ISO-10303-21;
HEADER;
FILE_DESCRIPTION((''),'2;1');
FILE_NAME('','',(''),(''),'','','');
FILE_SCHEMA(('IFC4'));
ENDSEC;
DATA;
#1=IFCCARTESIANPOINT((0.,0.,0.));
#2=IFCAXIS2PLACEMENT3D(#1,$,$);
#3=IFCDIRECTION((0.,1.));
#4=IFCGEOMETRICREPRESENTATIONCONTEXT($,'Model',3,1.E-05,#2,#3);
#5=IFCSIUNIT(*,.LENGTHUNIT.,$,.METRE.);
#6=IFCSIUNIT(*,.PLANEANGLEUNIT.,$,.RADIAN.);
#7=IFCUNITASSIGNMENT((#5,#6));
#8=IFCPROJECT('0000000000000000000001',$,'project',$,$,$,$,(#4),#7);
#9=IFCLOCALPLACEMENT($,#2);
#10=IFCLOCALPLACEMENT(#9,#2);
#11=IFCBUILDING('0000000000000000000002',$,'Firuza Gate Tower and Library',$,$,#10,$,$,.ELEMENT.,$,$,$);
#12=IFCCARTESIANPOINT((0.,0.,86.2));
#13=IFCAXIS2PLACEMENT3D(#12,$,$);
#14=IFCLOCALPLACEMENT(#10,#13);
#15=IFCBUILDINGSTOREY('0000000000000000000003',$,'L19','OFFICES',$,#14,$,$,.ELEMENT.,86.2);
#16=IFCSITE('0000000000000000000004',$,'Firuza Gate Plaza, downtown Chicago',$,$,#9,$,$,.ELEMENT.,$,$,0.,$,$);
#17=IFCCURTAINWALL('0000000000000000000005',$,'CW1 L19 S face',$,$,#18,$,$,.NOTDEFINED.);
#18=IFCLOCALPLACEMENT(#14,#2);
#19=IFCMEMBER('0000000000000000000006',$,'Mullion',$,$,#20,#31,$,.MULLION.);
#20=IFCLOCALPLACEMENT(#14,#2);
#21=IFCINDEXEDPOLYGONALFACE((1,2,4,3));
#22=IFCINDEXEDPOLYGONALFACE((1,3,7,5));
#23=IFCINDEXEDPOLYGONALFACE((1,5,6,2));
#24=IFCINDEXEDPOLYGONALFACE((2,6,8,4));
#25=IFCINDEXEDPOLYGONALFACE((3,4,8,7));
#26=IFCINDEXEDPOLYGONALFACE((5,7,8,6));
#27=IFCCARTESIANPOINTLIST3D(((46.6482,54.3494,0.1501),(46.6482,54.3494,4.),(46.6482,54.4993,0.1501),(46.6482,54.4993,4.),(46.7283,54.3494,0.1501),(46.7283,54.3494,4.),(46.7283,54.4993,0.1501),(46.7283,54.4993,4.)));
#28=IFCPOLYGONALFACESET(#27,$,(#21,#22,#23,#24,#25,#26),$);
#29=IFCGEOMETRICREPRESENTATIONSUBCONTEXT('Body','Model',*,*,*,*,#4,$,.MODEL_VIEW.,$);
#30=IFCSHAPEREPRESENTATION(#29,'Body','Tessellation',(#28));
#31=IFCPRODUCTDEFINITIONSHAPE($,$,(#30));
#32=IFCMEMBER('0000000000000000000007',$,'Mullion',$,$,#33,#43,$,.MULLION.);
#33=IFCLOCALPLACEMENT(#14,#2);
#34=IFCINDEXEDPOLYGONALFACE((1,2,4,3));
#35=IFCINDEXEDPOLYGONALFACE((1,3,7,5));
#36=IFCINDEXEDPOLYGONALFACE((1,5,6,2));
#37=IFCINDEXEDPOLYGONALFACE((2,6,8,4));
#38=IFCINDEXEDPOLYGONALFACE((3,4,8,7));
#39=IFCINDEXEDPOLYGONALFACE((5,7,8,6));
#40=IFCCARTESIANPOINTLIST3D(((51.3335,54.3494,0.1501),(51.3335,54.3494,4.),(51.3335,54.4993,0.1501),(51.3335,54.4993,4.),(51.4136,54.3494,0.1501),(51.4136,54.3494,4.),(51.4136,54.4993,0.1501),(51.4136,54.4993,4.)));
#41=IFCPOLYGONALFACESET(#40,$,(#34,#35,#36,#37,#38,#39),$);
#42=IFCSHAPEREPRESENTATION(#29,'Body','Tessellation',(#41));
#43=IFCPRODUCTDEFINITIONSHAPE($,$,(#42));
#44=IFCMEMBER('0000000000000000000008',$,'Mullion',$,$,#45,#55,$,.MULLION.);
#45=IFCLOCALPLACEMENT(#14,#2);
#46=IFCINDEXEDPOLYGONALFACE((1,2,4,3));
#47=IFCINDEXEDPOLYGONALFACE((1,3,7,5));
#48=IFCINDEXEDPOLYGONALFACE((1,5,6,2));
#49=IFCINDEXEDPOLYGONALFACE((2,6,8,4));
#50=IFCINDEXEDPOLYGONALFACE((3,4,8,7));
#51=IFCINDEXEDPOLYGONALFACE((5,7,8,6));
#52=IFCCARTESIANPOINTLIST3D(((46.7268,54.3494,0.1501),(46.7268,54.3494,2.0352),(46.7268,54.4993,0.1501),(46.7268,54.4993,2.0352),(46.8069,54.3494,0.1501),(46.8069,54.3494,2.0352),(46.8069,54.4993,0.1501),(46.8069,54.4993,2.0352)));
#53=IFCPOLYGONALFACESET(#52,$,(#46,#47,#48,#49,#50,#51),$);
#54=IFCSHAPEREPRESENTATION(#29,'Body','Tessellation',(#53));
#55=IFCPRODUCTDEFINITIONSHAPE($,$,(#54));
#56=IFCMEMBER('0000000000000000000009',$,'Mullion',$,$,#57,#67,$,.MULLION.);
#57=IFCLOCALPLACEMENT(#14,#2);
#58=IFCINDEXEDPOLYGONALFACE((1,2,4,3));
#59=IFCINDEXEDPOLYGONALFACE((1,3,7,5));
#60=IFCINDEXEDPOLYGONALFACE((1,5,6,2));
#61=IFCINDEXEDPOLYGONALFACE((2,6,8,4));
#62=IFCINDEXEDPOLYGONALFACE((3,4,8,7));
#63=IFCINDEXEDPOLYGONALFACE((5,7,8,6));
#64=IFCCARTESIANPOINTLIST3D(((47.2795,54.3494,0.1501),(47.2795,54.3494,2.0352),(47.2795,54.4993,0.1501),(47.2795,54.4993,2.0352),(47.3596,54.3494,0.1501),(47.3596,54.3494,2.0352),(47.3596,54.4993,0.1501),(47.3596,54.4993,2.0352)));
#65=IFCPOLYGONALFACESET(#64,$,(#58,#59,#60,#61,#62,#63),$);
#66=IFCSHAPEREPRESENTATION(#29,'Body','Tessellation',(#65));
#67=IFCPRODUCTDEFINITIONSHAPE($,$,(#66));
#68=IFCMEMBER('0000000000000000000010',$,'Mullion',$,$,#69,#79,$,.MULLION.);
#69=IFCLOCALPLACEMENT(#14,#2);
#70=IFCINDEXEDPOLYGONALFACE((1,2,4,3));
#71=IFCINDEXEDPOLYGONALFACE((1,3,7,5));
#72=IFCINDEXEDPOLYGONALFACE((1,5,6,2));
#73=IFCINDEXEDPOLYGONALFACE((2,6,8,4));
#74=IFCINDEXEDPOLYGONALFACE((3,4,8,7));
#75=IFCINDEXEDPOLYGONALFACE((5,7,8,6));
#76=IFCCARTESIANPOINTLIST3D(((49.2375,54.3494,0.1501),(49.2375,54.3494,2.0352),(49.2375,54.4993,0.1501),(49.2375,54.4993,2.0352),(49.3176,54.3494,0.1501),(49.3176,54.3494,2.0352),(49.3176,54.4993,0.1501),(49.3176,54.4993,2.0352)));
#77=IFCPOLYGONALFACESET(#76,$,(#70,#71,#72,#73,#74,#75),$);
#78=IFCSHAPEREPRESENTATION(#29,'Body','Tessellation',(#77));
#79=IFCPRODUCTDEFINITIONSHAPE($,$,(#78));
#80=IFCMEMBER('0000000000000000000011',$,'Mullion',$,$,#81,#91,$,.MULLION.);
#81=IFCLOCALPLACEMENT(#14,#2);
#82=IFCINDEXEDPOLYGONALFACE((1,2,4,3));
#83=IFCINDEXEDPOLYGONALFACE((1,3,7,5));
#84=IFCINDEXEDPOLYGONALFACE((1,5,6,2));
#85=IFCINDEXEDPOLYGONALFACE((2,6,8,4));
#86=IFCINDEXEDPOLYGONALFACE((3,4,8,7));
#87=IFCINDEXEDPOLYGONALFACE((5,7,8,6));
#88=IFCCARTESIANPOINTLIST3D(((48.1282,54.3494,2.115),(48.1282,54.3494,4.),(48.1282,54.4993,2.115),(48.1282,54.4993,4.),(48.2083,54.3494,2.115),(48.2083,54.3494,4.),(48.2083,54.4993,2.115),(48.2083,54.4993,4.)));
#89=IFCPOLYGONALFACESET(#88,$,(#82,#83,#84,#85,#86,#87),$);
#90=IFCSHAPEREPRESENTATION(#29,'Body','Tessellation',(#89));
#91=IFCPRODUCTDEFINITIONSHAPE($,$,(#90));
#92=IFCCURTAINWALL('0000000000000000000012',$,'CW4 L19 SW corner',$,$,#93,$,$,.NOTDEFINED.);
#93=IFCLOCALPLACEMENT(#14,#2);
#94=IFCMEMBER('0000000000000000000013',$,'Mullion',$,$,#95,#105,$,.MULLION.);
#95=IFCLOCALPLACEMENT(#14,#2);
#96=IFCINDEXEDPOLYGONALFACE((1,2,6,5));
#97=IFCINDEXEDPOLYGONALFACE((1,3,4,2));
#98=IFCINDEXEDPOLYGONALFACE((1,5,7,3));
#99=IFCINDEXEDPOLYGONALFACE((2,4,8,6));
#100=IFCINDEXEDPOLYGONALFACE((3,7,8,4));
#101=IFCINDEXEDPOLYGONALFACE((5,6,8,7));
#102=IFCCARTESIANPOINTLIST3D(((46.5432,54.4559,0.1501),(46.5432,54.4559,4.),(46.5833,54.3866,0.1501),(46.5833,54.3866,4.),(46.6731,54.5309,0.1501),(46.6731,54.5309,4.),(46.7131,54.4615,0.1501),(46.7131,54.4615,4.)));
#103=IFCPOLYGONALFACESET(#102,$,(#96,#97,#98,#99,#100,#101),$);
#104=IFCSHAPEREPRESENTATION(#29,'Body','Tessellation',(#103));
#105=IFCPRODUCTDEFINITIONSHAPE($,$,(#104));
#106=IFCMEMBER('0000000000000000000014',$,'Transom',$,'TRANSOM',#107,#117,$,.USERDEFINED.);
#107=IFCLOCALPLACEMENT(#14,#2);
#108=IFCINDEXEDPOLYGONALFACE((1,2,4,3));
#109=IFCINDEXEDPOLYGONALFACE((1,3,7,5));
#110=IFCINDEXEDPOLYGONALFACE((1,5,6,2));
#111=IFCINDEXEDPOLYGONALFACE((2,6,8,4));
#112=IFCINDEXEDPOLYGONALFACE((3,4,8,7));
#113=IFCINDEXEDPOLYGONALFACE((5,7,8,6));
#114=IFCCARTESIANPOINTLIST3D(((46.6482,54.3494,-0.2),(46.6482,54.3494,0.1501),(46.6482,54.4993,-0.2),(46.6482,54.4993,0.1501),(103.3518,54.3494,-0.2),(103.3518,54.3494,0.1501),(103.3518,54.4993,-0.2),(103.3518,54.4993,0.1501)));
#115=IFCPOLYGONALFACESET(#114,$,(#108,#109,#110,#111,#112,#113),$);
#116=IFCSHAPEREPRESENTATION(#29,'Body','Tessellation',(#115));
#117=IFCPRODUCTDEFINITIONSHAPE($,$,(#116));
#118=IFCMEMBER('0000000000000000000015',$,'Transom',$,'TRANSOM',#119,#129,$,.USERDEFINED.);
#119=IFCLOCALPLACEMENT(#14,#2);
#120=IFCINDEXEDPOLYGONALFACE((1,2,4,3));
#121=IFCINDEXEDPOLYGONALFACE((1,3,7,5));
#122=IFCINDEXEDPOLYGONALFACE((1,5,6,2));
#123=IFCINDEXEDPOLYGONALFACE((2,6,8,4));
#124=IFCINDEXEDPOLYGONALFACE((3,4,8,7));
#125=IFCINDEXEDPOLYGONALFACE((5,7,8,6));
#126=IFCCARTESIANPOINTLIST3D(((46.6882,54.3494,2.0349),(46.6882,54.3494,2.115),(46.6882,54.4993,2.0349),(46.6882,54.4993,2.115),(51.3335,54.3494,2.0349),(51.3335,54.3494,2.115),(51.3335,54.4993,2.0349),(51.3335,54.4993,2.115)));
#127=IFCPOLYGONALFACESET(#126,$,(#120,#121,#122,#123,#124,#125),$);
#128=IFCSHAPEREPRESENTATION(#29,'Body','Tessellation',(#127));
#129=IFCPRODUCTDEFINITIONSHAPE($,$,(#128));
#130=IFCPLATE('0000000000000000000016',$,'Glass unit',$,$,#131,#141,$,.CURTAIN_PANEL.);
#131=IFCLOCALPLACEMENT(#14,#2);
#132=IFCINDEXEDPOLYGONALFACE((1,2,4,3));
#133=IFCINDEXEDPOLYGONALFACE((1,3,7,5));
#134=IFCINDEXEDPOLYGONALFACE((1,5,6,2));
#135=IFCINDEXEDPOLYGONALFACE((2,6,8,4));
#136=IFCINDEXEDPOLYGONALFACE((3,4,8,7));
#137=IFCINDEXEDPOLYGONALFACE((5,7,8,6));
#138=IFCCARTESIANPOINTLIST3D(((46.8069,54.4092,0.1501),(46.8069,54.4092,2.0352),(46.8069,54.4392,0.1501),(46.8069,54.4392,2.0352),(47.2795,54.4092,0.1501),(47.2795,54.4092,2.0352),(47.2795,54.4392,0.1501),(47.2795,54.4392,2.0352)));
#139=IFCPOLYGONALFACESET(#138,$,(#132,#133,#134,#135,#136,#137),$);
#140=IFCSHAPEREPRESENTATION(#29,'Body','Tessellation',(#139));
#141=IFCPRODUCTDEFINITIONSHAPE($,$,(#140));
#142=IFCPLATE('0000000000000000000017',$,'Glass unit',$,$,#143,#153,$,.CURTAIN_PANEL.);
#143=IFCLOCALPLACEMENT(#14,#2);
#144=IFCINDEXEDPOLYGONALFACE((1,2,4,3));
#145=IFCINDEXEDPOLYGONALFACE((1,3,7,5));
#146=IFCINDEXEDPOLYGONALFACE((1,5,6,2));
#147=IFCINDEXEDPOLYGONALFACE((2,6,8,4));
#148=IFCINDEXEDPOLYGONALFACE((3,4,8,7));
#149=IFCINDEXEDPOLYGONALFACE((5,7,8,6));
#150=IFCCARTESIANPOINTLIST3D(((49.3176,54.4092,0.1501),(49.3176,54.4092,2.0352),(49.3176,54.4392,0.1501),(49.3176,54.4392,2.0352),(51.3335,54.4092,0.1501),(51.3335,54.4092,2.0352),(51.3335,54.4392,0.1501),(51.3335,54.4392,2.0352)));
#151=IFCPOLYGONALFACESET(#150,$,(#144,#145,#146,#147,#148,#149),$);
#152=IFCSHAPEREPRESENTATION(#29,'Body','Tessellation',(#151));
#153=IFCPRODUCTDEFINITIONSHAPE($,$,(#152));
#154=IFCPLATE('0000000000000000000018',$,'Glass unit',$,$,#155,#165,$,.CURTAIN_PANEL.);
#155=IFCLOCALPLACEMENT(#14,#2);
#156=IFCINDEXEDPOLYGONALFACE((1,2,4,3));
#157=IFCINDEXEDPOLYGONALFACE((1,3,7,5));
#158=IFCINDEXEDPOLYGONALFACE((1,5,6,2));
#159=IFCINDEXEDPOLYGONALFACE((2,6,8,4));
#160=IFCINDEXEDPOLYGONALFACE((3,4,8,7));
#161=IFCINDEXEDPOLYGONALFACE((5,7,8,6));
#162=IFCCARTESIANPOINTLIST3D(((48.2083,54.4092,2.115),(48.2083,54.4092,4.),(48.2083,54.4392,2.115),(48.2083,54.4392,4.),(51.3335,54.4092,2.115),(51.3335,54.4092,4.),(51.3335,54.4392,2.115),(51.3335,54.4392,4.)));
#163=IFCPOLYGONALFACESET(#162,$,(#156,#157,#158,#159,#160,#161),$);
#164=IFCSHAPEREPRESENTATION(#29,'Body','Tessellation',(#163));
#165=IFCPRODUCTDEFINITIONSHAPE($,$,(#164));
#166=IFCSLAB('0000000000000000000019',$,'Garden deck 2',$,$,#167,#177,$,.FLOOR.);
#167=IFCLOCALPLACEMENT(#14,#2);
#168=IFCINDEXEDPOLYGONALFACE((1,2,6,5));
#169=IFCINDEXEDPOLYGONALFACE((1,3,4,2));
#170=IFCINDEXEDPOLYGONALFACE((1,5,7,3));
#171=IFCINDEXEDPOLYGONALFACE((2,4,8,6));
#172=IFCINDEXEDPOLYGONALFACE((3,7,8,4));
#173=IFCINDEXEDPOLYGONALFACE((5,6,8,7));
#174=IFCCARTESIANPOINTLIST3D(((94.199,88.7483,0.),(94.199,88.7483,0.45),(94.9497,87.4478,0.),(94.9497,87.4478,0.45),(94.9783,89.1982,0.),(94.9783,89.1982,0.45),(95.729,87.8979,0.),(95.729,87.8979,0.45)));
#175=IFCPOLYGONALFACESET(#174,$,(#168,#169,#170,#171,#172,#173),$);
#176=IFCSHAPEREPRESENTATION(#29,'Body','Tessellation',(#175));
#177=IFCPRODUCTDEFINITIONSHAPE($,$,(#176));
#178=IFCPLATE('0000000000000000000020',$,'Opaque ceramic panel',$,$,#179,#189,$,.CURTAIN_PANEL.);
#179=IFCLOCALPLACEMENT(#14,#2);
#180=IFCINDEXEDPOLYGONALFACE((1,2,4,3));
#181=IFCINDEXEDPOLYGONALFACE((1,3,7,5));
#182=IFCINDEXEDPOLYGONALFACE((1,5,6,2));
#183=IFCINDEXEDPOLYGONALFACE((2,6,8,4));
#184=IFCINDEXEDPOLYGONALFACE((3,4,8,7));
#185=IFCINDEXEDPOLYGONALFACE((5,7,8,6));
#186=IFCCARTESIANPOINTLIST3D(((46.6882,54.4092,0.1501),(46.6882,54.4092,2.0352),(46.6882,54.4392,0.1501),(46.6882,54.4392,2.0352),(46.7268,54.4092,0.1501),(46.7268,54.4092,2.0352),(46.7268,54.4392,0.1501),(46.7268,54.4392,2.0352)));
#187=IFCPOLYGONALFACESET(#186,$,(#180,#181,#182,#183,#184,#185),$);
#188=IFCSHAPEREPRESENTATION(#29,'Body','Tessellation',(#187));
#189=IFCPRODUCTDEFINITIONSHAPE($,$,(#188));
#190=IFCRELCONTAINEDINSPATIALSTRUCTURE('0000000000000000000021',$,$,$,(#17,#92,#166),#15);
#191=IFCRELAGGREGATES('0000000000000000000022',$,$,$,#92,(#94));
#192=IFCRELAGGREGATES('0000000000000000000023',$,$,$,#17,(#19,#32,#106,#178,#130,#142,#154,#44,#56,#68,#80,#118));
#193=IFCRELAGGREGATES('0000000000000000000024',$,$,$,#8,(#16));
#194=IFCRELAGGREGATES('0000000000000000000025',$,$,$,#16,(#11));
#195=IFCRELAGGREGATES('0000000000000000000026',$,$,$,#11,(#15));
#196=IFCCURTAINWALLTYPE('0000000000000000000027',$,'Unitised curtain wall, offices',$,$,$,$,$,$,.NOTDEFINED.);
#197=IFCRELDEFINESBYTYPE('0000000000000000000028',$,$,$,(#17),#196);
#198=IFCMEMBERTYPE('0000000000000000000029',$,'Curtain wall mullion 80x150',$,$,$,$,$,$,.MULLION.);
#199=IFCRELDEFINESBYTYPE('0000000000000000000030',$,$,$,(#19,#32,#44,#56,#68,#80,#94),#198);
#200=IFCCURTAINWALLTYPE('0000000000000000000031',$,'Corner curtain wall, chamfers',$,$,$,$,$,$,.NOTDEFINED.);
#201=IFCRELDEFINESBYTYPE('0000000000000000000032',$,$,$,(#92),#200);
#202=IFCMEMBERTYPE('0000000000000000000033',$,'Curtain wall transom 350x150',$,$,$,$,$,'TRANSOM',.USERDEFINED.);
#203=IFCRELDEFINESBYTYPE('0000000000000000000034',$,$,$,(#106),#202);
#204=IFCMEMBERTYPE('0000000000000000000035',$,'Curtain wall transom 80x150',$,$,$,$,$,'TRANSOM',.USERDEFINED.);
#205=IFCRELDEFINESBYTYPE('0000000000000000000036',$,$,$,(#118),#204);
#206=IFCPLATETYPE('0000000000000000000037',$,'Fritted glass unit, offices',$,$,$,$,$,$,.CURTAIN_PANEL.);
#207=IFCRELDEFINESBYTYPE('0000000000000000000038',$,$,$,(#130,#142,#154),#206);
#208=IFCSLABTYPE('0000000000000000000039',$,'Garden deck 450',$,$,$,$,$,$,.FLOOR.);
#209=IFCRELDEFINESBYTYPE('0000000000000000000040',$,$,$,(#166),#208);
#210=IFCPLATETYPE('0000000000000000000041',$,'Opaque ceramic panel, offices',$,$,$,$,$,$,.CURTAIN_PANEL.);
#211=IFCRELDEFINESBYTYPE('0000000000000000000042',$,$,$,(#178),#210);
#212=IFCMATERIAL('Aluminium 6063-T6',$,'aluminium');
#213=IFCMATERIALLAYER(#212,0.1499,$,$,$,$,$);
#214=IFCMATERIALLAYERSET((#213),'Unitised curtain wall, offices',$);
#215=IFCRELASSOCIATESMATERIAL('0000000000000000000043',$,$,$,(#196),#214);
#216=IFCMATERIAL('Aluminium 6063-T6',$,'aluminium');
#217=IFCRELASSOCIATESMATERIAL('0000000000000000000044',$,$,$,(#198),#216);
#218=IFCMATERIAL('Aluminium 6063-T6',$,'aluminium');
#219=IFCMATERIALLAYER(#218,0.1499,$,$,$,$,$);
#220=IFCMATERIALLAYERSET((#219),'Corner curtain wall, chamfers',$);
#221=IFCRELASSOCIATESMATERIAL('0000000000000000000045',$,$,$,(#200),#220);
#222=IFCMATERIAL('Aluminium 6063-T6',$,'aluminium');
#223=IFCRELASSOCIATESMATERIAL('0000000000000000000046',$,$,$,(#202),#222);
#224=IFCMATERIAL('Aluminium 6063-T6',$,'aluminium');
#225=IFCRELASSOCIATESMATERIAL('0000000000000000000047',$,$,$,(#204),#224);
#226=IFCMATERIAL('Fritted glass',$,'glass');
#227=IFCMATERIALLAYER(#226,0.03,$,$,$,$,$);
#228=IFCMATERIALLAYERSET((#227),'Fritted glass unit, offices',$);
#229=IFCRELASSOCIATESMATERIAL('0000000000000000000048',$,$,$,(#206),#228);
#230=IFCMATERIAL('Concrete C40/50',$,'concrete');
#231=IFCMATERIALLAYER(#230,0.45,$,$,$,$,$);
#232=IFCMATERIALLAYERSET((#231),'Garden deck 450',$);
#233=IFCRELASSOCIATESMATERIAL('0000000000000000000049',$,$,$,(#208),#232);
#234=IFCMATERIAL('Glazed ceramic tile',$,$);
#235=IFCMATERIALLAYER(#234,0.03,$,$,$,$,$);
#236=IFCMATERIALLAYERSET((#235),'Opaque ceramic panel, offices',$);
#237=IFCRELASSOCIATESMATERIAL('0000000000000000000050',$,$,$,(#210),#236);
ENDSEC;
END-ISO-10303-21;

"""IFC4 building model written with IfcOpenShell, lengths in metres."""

from ifc_helpers import new_model, si_unit, direction, frame, origin, origin_2d, place, context, subcontext, project, spatial, polyline, rectangle, outline, extrude, material, layer, layer_set, material_profile, profile_set, type_object, element, aggregate, save


model = new_model("IFC4")

# Units and contexts
model_context = context("Model", 3, precision=1e-05, world=origin(), true_north=direction((0.0, 1.0)))
body_context = subcontext(model_context, "Body", "Model", "MODEL_VIEW")
ifc_project = project(units=[si_unit("LENGTHUNIT", "METRE"), si_unit("PLANEANGLEUNIT", "RADIAN")], contexts=[model_context])

# Site, building, storey
site_placement = place(None, origin())
site = spatial("IfcSite", under=ifc_project, at=site_placement, Name="Firuza Gate Plaza, downtown Chicago", CompositionType="ELEMENT", RefElevation=0.0)
building_placement = place(site_placement, origin())
building = spatial("IfcBuilding", under=site, at=building_placement, Name="Firuza Gate Tower and Library", CompositionType="ELEMENT")
storey_placement = place(building_placement, frame((0.0, 0.0, 86.2)))
storey = spatial("IfcBuildingStorey", under=building, at=storey_placement, Name="L19", Description="OFFICES", CompositionType="ELEMENT", Elevation=86.2)

# Curtain wall, members
ifc_material_1 = material(Name="Aluminium 6063-T6", Category="aluminium")
ifc_layer_1 = layer(ifc_material_1, 0.1499)
ifc_layer_set_1 = layer_set([ifc_layer_1], Name="Unitised curtain wall, offices")
curtain_wall_type_1 = type_object("IfcCurtainWallType", Name="Unitised curtain wall, offices", PredefinedType="NOTDEFINED", material=ifc_layer_set_1)
placement_1 = place(storey_placement, origin())
curtain_wall_1 = element("IfcCurtainWall", 1, at=placement_1, inside=storey, type_object=curtain_wall_type_1, Name="CW1 L19 S face", PredefinedType="NOTDEFINED")
ifc_material_2 = material(Name="Aluminium 6063-T6", Category="aluminium")
ifc_material_profile_1 = material_profile(ifc_material_2, rectangle(XDim=0.1499, YDim=0.0801, at=origin_2d()))
ifc_profile_set_1 = profile_set([ifc_material_profile_1], Name="Aluminium 6063-T6")
member_type_1 = type_object("IfcMemberType", Name="Curtain wall mullion 80x150", PredefinedType="MULLION", material=ifc_profile_set_1)
member_1_placement = place(storey_placement, frame((46.6882, 54.4243, 0.1501), z_axis=(0.0, 0.0, 1.0), x_axis=(0.0, 1.0, 0.0)))
member_1 = element("IfcMember", 2, at=member_1_placement, type_object=member_type_1, Name="Mullion", PredefinedType="MULLION", context=body_context, shape_type="SweptSolid", body=[
    extrude(rectangle(XDim=0.1499, YDim=0.0801, at=origin_2d()), origin(), (0.0, 0.0, 1.0), 3.8499),
])
member_2_placement = place(storey_placement, frame((51.3735, 54.4243, 0.1501), z_axis=(0.0, 0.0, 1.0), x_axis=(0.0, 1.0, 0.0)))
member_2 = element("IfcMember", 3, at=member_2_placement, type_object=member_type_1, Name="Mullion", PredefinedType="MULLION", context=body_context, shape_type="SweptSolid", body=[
    extrude(rectangle(XDim=0.1499, YDim=0.0801, at=origin_2d()), origin(), (0.0, 0.0, 1.0), 3.8499),
])
member_3_placement = place(storey_placement, frame((46.7668, 54.4243, 0.1501), z_axis=(0.0, 0.0, 1.0), x_axis=(0.0, 1.0, 0.0)))
member_3 = element("IfcMember", 4, at=member_3_placement, type_object=member_type_1, Name="Mullion", PredefinedType="MULLION", context=body_context, shape_type="SweptSolid", body=[
    extrude(rectangle(XDim=0.1499, YDim=0.0801, at=origin_2d()), origin(), (0.0, 0.0, 1.0), 1.885),
])
member_4_placement = place(storey_placement, frame((47.3196, 54.4243, 0.1501), z_axis=(0.0, 0.0, 1.0), x_axis=(0.0, 1.0, 0.0)))
member_4 = element("IfcMember", 5, at=member_4_placement, type_object=member_type_1, Name="Mullion", PredefinedType="MULLION", context=body_context, shape_type="SweptSolid", body=[
    extrude(rectangle(XDim=0.1499, YDim=0.0801, at=origin_2d()), origin(), (0.0, 0.0, 1.0), 1.885),
])
member_5_placement = place(storey_placement, frame((49.2776, 54.4243, 0.1501), z_axis=(0.0, 0.0, 1.0), x_axis=(0.0, 1.0, 0.0)))
member_5 = element("IfcMember", 6, at=member_5_placement, type_object=member_type_1, Name="Mullion", PredefinedType="MULLION", context=body_context, shape_type="SweptSolid", body=[
    extrude(rectangle(XDim=0.1499, YDim=0.0801, at=origin_2d()), origin(), (0.0, 0.0, 1.0), 1.885),
])
member_6_placement = place(storey_placement, frame((48.1682, 54.4243, 2.115), z_axis=(0.0, 0.0, 1.0), x_axis=(0.0, 1.0, 0.0)))
member_6 = element("IfcMember", 7, at=member_6_placement, type_object=member_type_1, Name="Mullion", PredefinedType="MULLION", context=body_context, shape_type="SweptSolid", body=[
    extrude(rectangle(XDim=0.1499, YDim=0.0801, at=origin_2d()), origin(), (0.0, 0.0, 1.0), 1.885),
])

# Curtain wall, member
ifc_material_3 = material(Name="Aluminium 6063-T6", Category="aluminium")
ifc_layer_2 = layer(ifc_material_3, 0.1499)
ifc_layer_set_2 = layer_set([ifc_layer_2], Name="Corner curtain wall, chamfers")
curtain_wall_type_2 = type_object("IfcCurtainWallType", Name="Corner curtain wall, chamfers", PredefinedType="NOTDEFINED", material=ifc_layer_set_2)
curtain_wall_2 = element("IfcCurtainWall", 8, at=placement_1, inside=storey, type_object=curtain_wall_type_2, Name="CW4 L19 SW corner", PredefinedType="NOTDEFINED")
member_7_placement = place(storey_placement, frame((46.6282, 54.4587, 0.1501), z_axis=(0.0, 0.0, 1.0), x_axis=(0.866025, 0.5, 0.0)))
member_7 = element("IfcMember", 9, at=member_7_placement, type_object=member_type_1, Name="Mullion", PredefinedType="MULLION", context=body_context, shape_type="SweptSolid", body=[
    extrude(rectangle(XDim=0.1499, YDim=0.0801, at=origin_2d()), origin(), (0.0, 0.0, 1.0), 3.8499),
])
aggregate(curtain_wall_2, [member_7])

# Members
ifc_material_4 = material(Name="Aluminium 6063-T6", Category="aluminium")
ifc_material_profile_2 = material_profile(ifc_material_4, rectangle(XDim=0.1499, YDim=0.3501, at=origin_2d()))
ifc_profile_set_2 = profile_set([ifc_material_profile_2], Name="Aluminium 6063-T6")
member_type_2 = type_object("IfcMemberType", Name="Curtain wall transom 350x150", ElementType="TRANSOM", PredefinedType="USERDEFINED", material=ifc_profile_set_2)
member_8_placement = place(storey_placement, frame((46.6482, 54.4243, -0.0249), z_axis=(1.0, 0.0, 0.0), x_axis=(0.0, 1.0, 0.0)))
member_8 = element("IfcMember", 10, at=member_8_placement, type_object=member_type_2, Name="Transom", ObjectType="TRANSOM", PredefinedType="USERDEFINED", context=body_context, shape_type="SweptSolid", body=[
    extrude(rectangle(XDim=0.1499, YDim=0.3501, at=origin_2d()), origin(), (0.0, 0.0, 1.0), 56.7036),
])
ifc_material_5 = material(Name="Aluminium 6063-T6", Category="aluminium")
ifc_material_profile_3 = material_profile(ifc_material_5, rectangle(XDim=0.1499, YDim=0.0801, at=origin_2d()))
ifc_profile_set_3 = profile_set([ifc_material_profile_3], Name="Aluminium 6063-T6")
member_type_3 = type_object("IfcMemberType", Name="Curtain wall transom 80x150", ElementType="TRANSOM", PredefinedType="USERDEFINED", material=ifc_profile_set_3)
member_9_placement = place(storey_placement, frame((46.6882, 54.4243, 2.075), z_axis=(1.0, 0.0, 0.0), x_axis=(0.0, 1.0, 0.0)))
member_9 = element("IfcMember", 11, at=member_9_placement, type_object=member_type_3, Name="Transom", ObjectType="TRANSOM", PredefinedType="USERDEFINED", context=body_context, shape_type="SweptSolid", body=[
    extrude(rectangle(XDim=0.1499, YDim=0.0801, at=origin_2d()), origin(), (0.0, 0.0, 1.0), 4.6453),
])

# Plates
ifc_material_6 = material(Name="Fritted glass", Category="glass")
ifc_layer_3 = layer(ifc_material_6, 0.03)
ifc_layer_set_3 = layer_set([ifc_layer_3], Name="Fritted glass unit, offices")
plate_type_1 = type_object("IfcPlateType", Name="Fritted glass unit, offices", PredefinedType="CURTAIN_PANEL", material=ifc_layer_set_3)
plate_1_placement = place(storey_placement, frame((46.8069, 54.4092, 0.1501), z_axis=(0.0, -1.0, 0.0), x_axis=(1.0, 0.0, 0.0)))
plate_1 = element("IfcPlate", 12, at=plate_1_placement, type_object=plate_type_1, Name="Glass unit", PredefinedType="CURTAIN_PANEL", context=body_context, shape_type="SweptSolid", body=[
    extrude(outline(polyline([(0.0, 0.0), (0.4727, 0.0), (0.4727, 1.885), (0.0, 1.885), (0.0, 0.0)])), origin(), (0.0, 0.0, -1.0), 0.03),
])
plate_2_placement = place(storey_placement, frame((49.3176, 54.4092, 0.1501), z_axis=(0.0, -1.0, 0.0), x_axis=(1.0, 0.0, 0.0)))
plate_2 = element("IfcPlate", 13, at=plate_2_placement, type_object=plate_type_1, Name="Glass unit", PredefinedType="CURTAIN_PANEL", context=body_context, shape_type="SweptSolid", body=[
    extrude(outline(polyline([(0.0, 0.0), (2.0159, 0.0), (2.0159, 1.885), (0.0, 1.885), (0.0, 0.0)])), origin(), (0.0, 0.0, -1.0), 0.03),
])
plate_3_placement = place(storey_placement, frame((48.2083, 54.4092, 2.115), z_axis=(0.0, -1.0, 0.0), x_axis=(1.0, 0.0, 0.0)))
plate_3 = element("IfcPlate", 14, at=plate_3_placement, type_object=plate_type_1, Name="Glass unit", PredefinedType="CURTAIN_PANEL", context=body_context, shape_type="SweptSolid", body=[
    extrude(outline(polyline([(0.0, 0.0), (3.1252, 0.0), (3.1252, 1.885), (0.0, 1.885), (0.0, 0.0)])), origin(), (0.0, 0.0, -1.0), 0.03),
])

# Slab
ifc_material_7 = material(Name="Concrete C40/50", Category="concrete")
ifc_layer_4 = layer(ifc_material_7, 0.45)
ifc_layer_set_4 = layer_set([ifc_layer_4], Name="Garden deck 450")
slab_type_1 = type_object("IfcSlabType", Name="Garden deck 450", PredefinedType="FLOOR", material=ifc_layer_set_4)
element("IfcSlab", 15, at=placement_1, inside=storey, type_object=slab_type_1, Name="Garden deck 2", PredefinedType="FLOOR", context=body_context, shape_type="SweptSolid", body=[
    extrude(outline(polyline([(95.729, 87.8979), (94.9783, 89.1982), (94.199, 88.7483), (94.9497, 87.4478), (95.729, 87.8979)])), origin(), (0.0, 0.0, 1.0), 0.45),
])

# Plate
ifc_material_8 = material(Name="Glazed ceramic tile")
ifc_layer_5 = layer(ifc_material_8, 0.03)
ifc_layer_set_5 = layer_set([ifc_layer_5], Name="Opaque ceramic panel, offices")
plate_type_2 = type_object("IfcPlateType", Name="Opaque ceramic panel, offices", PredefinedType="CURTAIN_PANEL", material=ifc_layer_set_5)
plate_4_placement = place(storey_placement, frame((46.6882, 54.4092, 0.1501), z_axis=(0.0, -1.0, 0.0), x_axis=(1.0, 0.0, 0.0)))
plate_4 = element("IfcPlate", 16, at=plate_4_placement, type_object=plate_type_2, Name="Opaque ceramic panel", PredefinedType="CURTAIN_PANEL", context=body_context, shape_type="SweptSolid", body=[
    extrude(outline(polyline([(0.0, 0.0), (0.0386, 0.0), (0.0386, 1.885), (0.0, 1.885), (0.0, 0.0)])), origin(), (0.0, 0.0, -1.0), 0.03),
])
aggregate(curtain_wall_1, [member_1, member_2, member_8, plate_4, plate_1, plate_2, plate_3, member_3, member_4, member_5, member_6, member_9])

save(model, "model.ifc")
